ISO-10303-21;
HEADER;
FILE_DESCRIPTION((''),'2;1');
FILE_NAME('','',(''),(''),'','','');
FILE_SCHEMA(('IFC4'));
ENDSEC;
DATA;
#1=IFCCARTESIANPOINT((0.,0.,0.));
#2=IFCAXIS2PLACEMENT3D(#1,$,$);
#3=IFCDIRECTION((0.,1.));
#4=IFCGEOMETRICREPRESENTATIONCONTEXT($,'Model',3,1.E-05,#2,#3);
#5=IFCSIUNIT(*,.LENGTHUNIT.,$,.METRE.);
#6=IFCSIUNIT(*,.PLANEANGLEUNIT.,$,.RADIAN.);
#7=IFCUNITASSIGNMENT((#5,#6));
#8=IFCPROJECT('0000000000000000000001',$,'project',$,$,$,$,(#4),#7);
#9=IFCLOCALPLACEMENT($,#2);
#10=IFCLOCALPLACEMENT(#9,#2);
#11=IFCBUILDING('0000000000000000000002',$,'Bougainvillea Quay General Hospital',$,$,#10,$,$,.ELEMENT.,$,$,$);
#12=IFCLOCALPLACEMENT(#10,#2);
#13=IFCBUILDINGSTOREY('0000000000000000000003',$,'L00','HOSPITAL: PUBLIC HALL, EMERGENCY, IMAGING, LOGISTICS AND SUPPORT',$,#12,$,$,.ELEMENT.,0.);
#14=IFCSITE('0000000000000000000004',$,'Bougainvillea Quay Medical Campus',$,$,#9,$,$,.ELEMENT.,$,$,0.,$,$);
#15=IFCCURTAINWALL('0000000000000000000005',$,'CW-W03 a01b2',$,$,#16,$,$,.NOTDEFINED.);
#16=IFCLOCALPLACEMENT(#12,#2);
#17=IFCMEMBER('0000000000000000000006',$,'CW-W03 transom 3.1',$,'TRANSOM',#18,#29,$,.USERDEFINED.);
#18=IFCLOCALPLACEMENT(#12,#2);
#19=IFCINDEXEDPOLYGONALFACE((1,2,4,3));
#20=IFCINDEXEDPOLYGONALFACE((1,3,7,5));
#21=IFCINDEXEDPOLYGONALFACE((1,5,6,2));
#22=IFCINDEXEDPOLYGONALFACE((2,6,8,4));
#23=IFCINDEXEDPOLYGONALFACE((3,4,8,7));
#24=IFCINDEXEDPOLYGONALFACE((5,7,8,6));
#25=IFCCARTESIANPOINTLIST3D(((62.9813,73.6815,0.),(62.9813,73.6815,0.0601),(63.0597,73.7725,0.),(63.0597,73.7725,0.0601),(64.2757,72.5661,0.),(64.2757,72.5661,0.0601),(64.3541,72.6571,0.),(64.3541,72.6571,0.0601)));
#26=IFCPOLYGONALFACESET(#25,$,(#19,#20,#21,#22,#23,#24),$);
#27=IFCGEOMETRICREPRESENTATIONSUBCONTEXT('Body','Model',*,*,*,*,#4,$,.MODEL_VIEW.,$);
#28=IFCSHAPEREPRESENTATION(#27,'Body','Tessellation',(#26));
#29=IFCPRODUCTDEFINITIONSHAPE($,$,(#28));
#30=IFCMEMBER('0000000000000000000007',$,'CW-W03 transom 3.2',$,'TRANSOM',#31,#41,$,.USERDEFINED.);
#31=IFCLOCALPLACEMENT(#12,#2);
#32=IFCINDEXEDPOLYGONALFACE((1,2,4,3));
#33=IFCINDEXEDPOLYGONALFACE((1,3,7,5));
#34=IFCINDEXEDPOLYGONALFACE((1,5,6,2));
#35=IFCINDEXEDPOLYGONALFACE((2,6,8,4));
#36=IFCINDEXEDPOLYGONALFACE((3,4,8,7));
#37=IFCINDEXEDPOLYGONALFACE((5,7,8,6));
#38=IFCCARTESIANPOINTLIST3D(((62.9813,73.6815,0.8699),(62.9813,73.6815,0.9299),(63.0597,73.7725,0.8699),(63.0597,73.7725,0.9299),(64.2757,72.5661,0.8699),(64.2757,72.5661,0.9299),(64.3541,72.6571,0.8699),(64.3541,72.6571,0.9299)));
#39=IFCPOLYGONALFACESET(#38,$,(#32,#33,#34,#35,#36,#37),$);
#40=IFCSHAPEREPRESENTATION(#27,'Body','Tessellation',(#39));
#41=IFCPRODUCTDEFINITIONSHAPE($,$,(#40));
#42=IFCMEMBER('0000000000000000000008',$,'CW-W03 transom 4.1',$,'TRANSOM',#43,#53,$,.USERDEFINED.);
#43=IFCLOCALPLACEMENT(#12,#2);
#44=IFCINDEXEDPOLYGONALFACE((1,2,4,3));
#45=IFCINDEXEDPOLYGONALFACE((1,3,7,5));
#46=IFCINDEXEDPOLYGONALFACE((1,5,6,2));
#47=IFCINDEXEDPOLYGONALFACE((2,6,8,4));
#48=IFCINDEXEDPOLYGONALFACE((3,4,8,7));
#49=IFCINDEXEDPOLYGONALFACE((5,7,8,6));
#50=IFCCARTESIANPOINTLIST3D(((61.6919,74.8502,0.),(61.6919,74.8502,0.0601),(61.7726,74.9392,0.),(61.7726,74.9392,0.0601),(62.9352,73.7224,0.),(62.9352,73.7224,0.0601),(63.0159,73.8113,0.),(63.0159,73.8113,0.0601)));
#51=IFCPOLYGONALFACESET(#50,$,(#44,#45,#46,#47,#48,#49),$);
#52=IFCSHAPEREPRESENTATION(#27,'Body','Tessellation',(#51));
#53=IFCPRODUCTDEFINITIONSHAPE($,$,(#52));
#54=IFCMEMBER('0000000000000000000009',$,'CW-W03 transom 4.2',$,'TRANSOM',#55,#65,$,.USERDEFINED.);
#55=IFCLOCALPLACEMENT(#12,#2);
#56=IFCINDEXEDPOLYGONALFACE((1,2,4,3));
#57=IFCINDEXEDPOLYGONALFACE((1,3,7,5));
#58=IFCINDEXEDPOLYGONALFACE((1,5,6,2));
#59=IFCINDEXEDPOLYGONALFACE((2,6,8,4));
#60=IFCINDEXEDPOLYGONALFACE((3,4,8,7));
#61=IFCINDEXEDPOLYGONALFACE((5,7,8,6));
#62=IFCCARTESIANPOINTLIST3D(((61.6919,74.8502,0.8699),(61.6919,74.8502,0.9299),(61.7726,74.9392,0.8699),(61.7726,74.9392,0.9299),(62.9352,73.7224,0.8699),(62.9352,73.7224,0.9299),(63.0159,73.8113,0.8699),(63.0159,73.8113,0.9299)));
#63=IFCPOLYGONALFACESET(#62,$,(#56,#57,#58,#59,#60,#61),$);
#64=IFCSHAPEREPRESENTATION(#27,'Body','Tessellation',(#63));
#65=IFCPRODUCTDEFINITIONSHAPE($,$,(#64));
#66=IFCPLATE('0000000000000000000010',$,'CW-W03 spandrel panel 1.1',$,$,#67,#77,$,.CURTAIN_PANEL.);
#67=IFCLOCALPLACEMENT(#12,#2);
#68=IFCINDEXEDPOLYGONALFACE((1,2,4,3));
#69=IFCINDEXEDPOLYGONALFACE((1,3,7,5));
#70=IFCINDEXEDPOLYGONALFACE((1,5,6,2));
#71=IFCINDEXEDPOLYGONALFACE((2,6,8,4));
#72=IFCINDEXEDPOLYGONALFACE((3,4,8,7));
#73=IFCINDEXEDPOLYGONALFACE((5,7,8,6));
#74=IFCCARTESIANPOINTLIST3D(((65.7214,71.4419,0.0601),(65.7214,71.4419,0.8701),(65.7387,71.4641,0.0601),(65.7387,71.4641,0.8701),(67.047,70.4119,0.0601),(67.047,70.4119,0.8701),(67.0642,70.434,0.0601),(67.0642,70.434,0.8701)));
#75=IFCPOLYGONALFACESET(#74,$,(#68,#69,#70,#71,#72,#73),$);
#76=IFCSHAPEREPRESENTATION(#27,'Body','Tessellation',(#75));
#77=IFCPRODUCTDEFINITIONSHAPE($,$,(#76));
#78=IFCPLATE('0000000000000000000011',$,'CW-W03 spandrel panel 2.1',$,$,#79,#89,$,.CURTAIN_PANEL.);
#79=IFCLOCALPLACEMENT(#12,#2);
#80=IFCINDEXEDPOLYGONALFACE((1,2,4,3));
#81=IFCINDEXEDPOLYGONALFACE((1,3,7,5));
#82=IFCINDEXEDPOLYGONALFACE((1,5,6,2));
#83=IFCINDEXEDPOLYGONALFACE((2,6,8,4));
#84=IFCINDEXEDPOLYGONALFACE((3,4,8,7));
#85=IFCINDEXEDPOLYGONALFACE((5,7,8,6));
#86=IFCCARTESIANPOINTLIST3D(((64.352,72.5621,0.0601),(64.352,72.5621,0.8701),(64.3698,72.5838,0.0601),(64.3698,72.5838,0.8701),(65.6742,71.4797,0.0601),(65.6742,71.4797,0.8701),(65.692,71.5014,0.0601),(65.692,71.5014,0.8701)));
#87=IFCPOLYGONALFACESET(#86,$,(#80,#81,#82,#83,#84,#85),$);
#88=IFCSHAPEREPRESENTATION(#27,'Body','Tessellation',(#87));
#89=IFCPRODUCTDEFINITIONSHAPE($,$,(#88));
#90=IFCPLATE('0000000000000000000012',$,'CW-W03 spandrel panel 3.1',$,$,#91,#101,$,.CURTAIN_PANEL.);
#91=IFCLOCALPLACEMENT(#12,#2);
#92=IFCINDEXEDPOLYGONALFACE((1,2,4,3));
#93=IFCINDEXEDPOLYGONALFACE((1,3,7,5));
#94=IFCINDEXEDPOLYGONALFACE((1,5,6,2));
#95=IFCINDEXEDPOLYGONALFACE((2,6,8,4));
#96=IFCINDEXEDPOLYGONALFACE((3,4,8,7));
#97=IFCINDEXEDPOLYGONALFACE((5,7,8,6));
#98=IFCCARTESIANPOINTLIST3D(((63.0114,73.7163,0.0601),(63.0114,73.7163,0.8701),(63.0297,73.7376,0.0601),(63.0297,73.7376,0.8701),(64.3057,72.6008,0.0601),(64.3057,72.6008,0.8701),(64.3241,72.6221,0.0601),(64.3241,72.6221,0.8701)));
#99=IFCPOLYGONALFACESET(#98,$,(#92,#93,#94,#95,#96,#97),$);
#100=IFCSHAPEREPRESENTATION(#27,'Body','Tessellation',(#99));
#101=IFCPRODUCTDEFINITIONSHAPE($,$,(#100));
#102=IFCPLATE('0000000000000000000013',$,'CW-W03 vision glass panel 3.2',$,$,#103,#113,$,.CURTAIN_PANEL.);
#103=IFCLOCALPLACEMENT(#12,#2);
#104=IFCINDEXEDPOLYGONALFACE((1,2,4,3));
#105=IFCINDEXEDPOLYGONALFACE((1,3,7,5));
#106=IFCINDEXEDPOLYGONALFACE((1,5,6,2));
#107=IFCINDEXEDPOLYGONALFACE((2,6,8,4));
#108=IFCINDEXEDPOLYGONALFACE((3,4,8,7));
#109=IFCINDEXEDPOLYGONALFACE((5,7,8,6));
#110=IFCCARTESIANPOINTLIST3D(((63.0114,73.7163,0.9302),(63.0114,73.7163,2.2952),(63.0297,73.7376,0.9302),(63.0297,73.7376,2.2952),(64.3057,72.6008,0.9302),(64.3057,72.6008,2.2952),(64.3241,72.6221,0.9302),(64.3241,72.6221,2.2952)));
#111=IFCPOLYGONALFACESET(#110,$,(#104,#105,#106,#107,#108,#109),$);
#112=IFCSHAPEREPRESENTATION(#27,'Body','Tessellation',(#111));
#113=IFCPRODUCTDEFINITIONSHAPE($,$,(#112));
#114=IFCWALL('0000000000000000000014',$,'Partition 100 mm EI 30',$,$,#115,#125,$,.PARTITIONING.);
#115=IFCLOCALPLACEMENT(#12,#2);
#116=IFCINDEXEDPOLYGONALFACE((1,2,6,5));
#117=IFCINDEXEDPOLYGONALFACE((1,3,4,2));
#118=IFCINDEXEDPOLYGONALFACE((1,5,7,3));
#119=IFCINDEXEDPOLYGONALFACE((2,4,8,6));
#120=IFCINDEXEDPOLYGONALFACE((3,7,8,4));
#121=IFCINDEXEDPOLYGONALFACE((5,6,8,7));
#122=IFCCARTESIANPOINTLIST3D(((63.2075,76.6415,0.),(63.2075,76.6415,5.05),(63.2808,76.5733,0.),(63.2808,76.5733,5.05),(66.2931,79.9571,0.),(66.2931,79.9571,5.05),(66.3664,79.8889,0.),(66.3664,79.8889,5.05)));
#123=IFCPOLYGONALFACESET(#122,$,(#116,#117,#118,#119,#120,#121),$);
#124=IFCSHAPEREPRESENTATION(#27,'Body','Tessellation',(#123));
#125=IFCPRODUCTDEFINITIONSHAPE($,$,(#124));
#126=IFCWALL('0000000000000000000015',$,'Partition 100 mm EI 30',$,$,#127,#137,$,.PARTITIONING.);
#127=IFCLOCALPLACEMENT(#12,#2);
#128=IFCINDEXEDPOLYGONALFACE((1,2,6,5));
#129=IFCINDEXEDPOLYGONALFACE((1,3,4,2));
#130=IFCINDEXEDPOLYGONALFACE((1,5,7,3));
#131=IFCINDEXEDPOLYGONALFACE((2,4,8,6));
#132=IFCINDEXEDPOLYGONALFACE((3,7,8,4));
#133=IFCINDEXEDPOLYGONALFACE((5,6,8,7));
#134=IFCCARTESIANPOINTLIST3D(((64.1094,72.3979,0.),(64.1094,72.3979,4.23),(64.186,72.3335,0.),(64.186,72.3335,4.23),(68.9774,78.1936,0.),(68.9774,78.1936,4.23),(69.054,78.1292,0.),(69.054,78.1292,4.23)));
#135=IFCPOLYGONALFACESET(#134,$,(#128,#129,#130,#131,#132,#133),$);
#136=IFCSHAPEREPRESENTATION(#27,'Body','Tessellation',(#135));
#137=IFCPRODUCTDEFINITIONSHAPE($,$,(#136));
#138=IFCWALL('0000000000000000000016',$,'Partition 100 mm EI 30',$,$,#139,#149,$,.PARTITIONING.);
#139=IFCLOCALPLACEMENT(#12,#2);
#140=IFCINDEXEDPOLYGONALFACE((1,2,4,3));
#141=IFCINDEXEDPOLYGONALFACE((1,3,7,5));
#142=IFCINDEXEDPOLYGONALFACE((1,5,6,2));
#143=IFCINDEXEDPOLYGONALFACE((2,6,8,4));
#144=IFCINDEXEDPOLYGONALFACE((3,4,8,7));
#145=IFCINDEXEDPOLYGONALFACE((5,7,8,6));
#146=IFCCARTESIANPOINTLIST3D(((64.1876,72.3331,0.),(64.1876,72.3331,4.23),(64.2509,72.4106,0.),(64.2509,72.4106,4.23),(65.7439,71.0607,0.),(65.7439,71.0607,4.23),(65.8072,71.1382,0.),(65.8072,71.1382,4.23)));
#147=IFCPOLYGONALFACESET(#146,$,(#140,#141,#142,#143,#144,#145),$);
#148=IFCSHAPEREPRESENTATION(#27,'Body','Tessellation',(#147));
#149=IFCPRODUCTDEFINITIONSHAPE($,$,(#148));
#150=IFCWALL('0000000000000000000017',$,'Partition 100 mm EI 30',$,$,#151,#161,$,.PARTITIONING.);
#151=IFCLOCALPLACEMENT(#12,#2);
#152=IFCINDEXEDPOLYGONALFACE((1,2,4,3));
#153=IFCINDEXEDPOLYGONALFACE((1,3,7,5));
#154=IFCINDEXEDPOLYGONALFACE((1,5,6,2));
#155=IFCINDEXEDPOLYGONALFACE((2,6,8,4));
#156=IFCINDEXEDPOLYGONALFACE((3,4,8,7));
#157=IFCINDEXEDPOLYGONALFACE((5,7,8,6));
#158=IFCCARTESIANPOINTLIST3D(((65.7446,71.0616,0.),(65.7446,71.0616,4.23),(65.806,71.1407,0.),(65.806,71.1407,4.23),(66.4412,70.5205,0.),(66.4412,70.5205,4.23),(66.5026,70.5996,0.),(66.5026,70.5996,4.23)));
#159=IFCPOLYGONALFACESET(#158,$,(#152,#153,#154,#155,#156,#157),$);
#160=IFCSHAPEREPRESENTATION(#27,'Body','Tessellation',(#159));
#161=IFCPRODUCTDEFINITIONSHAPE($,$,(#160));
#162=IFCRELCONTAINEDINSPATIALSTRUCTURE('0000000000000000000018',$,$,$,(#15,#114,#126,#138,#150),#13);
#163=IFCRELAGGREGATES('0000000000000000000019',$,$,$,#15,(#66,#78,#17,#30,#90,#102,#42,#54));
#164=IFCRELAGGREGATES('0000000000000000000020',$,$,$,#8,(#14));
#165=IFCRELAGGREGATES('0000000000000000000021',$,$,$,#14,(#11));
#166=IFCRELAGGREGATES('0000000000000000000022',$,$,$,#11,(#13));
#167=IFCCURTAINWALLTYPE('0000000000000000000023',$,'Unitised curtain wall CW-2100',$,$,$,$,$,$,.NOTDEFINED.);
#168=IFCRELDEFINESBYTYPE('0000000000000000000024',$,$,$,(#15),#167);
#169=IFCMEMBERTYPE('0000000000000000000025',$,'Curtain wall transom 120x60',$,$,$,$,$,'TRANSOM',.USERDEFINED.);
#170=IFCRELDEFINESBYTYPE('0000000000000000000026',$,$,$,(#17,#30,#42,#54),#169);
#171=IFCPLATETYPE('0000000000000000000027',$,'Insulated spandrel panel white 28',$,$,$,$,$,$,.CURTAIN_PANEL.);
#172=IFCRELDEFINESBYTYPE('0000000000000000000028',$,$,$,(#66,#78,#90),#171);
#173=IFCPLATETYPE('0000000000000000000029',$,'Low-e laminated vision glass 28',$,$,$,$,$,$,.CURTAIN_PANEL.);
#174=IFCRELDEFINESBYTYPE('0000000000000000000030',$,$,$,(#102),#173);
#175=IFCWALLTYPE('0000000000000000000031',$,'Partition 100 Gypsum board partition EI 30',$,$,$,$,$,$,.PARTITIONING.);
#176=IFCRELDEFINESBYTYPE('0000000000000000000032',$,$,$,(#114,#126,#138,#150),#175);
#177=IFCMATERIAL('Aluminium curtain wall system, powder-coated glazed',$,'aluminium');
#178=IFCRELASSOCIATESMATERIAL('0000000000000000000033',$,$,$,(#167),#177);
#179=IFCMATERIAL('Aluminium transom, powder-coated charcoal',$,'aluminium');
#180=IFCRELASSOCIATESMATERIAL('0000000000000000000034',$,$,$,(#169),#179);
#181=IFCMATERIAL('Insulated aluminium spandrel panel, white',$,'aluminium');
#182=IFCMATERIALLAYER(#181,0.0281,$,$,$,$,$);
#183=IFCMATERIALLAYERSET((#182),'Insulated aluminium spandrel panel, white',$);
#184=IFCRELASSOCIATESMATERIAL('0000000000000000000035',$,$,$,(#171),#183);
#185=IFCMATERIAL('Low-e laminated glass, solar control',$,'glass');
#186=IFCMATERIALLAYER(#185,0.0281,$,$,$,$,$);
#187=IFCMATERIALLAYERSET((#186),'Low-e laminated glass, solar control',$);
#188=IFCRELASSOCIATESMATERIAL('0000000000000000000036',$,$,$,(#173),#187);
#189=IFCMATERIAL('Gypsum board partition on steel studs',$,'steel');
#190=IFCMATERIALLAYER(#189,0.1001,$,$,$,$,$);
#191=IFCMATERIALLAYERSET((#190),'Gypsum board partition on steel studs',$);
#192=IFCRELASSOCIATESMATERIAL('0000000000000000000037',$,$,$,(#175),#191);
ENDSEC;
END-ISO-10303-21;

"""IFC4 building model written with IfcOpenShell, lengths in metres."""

from ifc_helpers import new_model, si_unit, direction, frame, frame_2d, origin, origin_2d, place, context, subcontext, project, spatial, rectangle, extrude, material, layer, layer_set, material_profile, profile_set, type_object, element, aggregate, save


model = new_model("IFC4")

# Units and contexts
model_context = context("Model", 3, precision=1e-05, world=origin(), true_north=direction((0.0, 1.0)))
body_context = subcontext(model_context, "Body", "Model", "MODEL_VIEW")
ifc_project = project(units=[si_unit("LENGTHUNIT", "METRE"), si_unit("PLANEANGLEUNIT", "RADIAN")], contexts=[model_context])

# Site, building, storey
site_placement = place(None, origin())
site = spatial("IfcSite", under=ifc_project, at=site_placement, Name="Bougainvillea Quay Medical Campus", CompositionType="ELEMENT", RefElevation=0.0)
building_placement = place(site_placement, origin())
building = spatial("IfcBuilding", under=site, at=building_placement, Name="Bougainvillea Quay General Hospital", CompositionType="ELEMENT")
storey_placement = place(building_placement, origin())
storey = spatial("IfcBuildingStorey", under=building, at=storey_placement, Name="L00", Description="HOSPITAL: PUBLIC HALL, EMERGENCY, IMAGING, LOGISTICS AND SUPPORT", CompositionType="ELEMENT", Elevation=0.0)

# Curtain wall, members, plates
ifc_material_1 = material(Name="Aluminium curtain wall system, powder-coated glazed", Category="aluminium")
curtain_wall_type = type_object("IfcCurtainWallType", Name="Unitised curtain wall CW-2100", PredefinedType="NOTDEFINED", material=ifc_material_1)
curtain_wall_placement = place(storey_placement, origin())
curtain_wall = element("IfcCurtainWall", 1, at=curtain_wall_placement, inside=storey, type_object=curtain_wall_type, Name="CW-W03 a01b2", PredefinedType="NOTDEFINED")
ifc_material_2 = material(Name="Aluminium transom, powder-coated charcoal", Category="aluminium")
ifc_material_profile_1 = material_profile(ifc_material_2, rectangle(XDim=0.1201, YDim=0.0601, at=origin_2d()))
ifc_profile_set_1 = profile_set([ifc_material_profile_1], Name="Aluminium transom, powder-coated charcoal")
member_type_1 = type_object("IfcMemberType", Name="Curtain wall transom 120x60", ElementType="TRANSOM", PredefinedType="USERDEFINED", material=ifc_profile_set_1)
member_1_placement = place(storey_placement, frame((64.3149, 72.6116, 0.03), z_axis=(-0.757529, 0.652801, 0.0), x_axis=(-0.652801, -0.757529, 0.0)))
member_1 = element("IfcMember", 2, at=member_1_placement, type_object=member_type_1, Name="CW-W03 transom 3.1", ObjectType="TRANSOM", PredefinedType="USERDEFINED", context=body_context, shape_type="SweptSolid", body=[
    extrude(rectangle(XDim=0.1201, YDim=0.0601, at=origin_2d()), origin(), (0.0, 0.0, 1.0), 1.7087),
])
member_2_placement = place(storey_placement, frame((64.3149, 72.6116, 0.8999), z_axis=(-0.757529, 0.652801, 0.0), x_axis=(-0.652801, -0.757529, 0.0)))
member_2 = element("IfcMember", 3, at=member_2_placement, type_object=member_type_1, Name="CW-W03 transom 3.2", ObjectType="TRANSOM", PredefinedType="USERDEFINED", context=body_context, shape_type="SweptSolid", body=[
    extrude(rectangle(XDim=0.1201, YDim=0.0601, at=origin_2d()), origin(), (0.0, 0.0, 1.0), 1.7087),
])
member_3_placement = place(storey_placement, frame((62.9756, 73.7668, 0.03), z_axis=(-0.740663, 0.671876, 0.0), x_axis=(-0.671876, -0.740663, 0.0)))
member_3 = element("IfcMember", 4, at=member_3_placement, type_object=member_type_1, Name="CW-W03 transom 4.1", ObjectType="TRANSOM", PredefinedType="USERDEFINED", context=body_context, shape_type="SweptSolid", body=[
    extrude(rectangle(XDim=0.1201, YDim=0.0601, at=origin_2d()), origin(), (0.0, 0.0, 1.0), 1.6787),
])
member_4_placement = place(storey_placement, frame((62.9756, 73.7668, 0.8999), z_axis=(-0.740663, 0.671876, 0.0), x_axis=(-0.671876, -0.740663, 0.0)))
member_4 = element("IfcMember", 5, at=member_4_placement, type_object=member_type_1, Name="CW-W03 transom 4.2", ObjectType="TRANSOM", PredefinedType="USERDEFINED", context=body_context, shape_type="SweptSolid", body=[
    extrude(rectangle(XDim=0.1201, YDim=0.0601, at=origin_2d()), origin(), (0.0, 0.0, 1.0), 1.6787),
])
ifc_material_3 = material(Name="Insulated aluminium spandrel panel, white", Category="aluminium")
ifc_layer_1 = layer(ifc_material_3, 0.0281)
ifc_layer_set_1 = layer_set([ifc_layer_1], Name="Insulated aluminium spandrel panel, white")
plate_type_1 = type_object("IfcPlateType", Name="Insulated spandrel panel white 28", PredefinedType="CURTAIN_PANEL", material=ifc_layer_set_1)
plate_1_placement = place(storey_placement, frame((66.3928, 70.938, 0.0601), z_axis=(0.0, 0.0, 1.0), x_axis=(-0.789614, 0.613603, 0.0)))
plate_1 = element("IfcPlate", 6, at=plate_1_placement, type_object=plate_type_1, Name="CW-W03 spandrel panel 1.1", PredefinedType="CURTAIN_PANEL", context=body_context, shape_type="SweptSolid", body=[
    extrude(rectangle(XDim=1.6787, YDim=0.0281, at=origin_2d()), origin(), (0.0, 0.0, 1.0), 0.8101),
])
plate_2_placement = place(storey_placement, frame((65.022, 72.0317, 0.0601), z_axis=(0.0, 0.0, 1.0), x_axis=(-0.773802, 0.633428, 0.0)))
plate_2 = element("IfcPlate", 7, at=plate_2_placement, type_object=plate_type_1, Name="CW-W03 spandrel panel 2.1", PredefinedType="CURTAIN_PANEL", context=body_context, shape_type="SweptSolid", body=[
    extrude(rectangle(XDim=1.7087, YDim=0.0281, at=origin_2d()), origin(), (0.0, 0.0, 1.0), 0.8101),
])
plate_3_placement = place(storey_placement, frame((63.6677, 73.1692, 0.0601), z_axis=(0.0, 0.0, 1.0), x_axis=(-0.757491, 0.652846, 0.0)))
plate_3 = element("IfcPlate", 8, at=plate_3_placement, type_object=plate_type_1, Name="CW-W03 spandrel panel 3.1", PredefinedType="CURTAIN_PANEL", context=body_context, shape_type="SweptSolid", body=[
    extrude(rectangle(XDim=1.7087, YDim=0.0281, at=origin_2d()), origin(), (0.0, 0.0, 1.0), 0.8101),
])
ifc_material_4 = material(Name="Low-e laminated glass, solar control", Category="glass")
ifc_layer_2 = layer(ifc_material_4, 0.0281)
ifc_layer_set_2 = layer_set([ifc_layer_2], Name="Low-e laminated glass, solar control")
plate_type_2 = type_object("IfcPlateType", Name="Low-e laminated vision glass 28", PredefinedType="CURTAIN_PANEL", material=ifc_layer_set_2)
plate_4_placement = place(storey_placement, frame((63.6677, 73.1692, 0.9302), z_axis=(0.0, 0.0, 1.0), x_axis=(-0.757491, 0.652846, 0.0)))
plate_4 = element("IfcPlate", 9, at=plate_4_placement, type_object=plate_type_2, Name="CW-W03 vision glass panel 3.2", PredefinedType="CURTAIN_PANEL", context=body_context, shape_type="SweptSolid", body=[
    extrude(rectangle(XDim=1.7087, YDim=0.0281, at=origin_2d()), origin(), (0.0, 0.0, 1.0), 1.365),
])
aggregate(curtain_wall, [plate_1, plate_2, member_1, member_2, plate_3, plate_4, member_3, member_4])

# Walls
ifc_material_5 = material(Name="Gypsum board partition on steel studs", Category="steel")
ifc_layer_3 = layer(ifc_material_5, 0.1001)
ifc_layer_set_3 = layer_set([ifc_layer_3], Name="Gypsum board partition on steel studs")
wall_type = type_object("IfcWallType", Name="Partition 100 Gypsum board partition EI 30", PredefinedType="PARTITIONING", material=ifc_layer_set_3)
wall_1_placement = place(storey_placement, frame((63.2441, 76.6074, 0.0), z_axis=(0.0, 0.0, 1.0), x_axis=(0.681263, 0.732039, 0.0)))
element("IfcWall", 10, at=wall_1_placement, inside=storey, type_object=wall_type, Name="Partition 100 mm EI 30", PredefinedType="PARTITIONING", context=body_context, shape_type="SweptSolid", body=[
    extrude(rectangle(XDim=4.5293, YDim=0.1001, at=frame_2d((2.2646, 0.0))), origin(), (0.0, 0.0, 1.0), 5.05),
])
wall_2_placement = place(storey_placement, frame((64.1477, 72.3657, 0.0), z_axis=(0.0, 0.0, 1.0), x_axis=(0.643159, 0.765733, 0.0)))
element("IfcWall", 11, at=wall_2_placement, inside=storey, type_object=wall_type, Name="Partition 100 mm EI 30", PredefinedType="PARTITIONING", context=body_context, shape_type="SweptSolid", body=[
    extrude(rectangle(XDim=7.5688, YDim=0.1001, at=frame_2d((3.7844, 0.0))), origin(), (0.0, 0.0, 1.0), 4.23),
])
wall_3_placement = place(storey_placement, frame((64.2192, 72.3718, 0.0), z_axis=(0.0, 0.0, 1.0), x_axis=(0.77419, -0.632953, 0.0)))
element("IfcWall", 12, at=wall_3_placement, inside=storey, type_object=wall_type, Name="Partition 100 mm EI 30", PredefinedType="PARTITIONING", context=body_context, shape_type="SweptSolid", body=[
    extrude(rectangle(XDim=2.0103, YDim=0.1001, at=frame_2d((1.0051, 0.0))), origin(), (0.0, 0.0, 1.0), 4.23),
])
wall_4_placement = place(storey_placement, frame((65.7754, 71.1011, 0.0), z_axis=(0.0, 0.0, 1.0), x_axis=(0.789754, -0.613423, 0.0)))
element("IfcWall", 13, at=wall_4_placement, inside=storey, type_object=wall_type, Name="Partition 100 mm EI 30", PredefinedType="PARTITIONING", context=body_context, shape_type="SweptSolid", body=[
    extrude(rectangle(XDim=0.8821, YDim=0.1001, at=frame_2d((0.4409, 0.0))), origin(), (0.0, 0.0, 1.0), 4.23),
])

save(model, "model.ifc")
